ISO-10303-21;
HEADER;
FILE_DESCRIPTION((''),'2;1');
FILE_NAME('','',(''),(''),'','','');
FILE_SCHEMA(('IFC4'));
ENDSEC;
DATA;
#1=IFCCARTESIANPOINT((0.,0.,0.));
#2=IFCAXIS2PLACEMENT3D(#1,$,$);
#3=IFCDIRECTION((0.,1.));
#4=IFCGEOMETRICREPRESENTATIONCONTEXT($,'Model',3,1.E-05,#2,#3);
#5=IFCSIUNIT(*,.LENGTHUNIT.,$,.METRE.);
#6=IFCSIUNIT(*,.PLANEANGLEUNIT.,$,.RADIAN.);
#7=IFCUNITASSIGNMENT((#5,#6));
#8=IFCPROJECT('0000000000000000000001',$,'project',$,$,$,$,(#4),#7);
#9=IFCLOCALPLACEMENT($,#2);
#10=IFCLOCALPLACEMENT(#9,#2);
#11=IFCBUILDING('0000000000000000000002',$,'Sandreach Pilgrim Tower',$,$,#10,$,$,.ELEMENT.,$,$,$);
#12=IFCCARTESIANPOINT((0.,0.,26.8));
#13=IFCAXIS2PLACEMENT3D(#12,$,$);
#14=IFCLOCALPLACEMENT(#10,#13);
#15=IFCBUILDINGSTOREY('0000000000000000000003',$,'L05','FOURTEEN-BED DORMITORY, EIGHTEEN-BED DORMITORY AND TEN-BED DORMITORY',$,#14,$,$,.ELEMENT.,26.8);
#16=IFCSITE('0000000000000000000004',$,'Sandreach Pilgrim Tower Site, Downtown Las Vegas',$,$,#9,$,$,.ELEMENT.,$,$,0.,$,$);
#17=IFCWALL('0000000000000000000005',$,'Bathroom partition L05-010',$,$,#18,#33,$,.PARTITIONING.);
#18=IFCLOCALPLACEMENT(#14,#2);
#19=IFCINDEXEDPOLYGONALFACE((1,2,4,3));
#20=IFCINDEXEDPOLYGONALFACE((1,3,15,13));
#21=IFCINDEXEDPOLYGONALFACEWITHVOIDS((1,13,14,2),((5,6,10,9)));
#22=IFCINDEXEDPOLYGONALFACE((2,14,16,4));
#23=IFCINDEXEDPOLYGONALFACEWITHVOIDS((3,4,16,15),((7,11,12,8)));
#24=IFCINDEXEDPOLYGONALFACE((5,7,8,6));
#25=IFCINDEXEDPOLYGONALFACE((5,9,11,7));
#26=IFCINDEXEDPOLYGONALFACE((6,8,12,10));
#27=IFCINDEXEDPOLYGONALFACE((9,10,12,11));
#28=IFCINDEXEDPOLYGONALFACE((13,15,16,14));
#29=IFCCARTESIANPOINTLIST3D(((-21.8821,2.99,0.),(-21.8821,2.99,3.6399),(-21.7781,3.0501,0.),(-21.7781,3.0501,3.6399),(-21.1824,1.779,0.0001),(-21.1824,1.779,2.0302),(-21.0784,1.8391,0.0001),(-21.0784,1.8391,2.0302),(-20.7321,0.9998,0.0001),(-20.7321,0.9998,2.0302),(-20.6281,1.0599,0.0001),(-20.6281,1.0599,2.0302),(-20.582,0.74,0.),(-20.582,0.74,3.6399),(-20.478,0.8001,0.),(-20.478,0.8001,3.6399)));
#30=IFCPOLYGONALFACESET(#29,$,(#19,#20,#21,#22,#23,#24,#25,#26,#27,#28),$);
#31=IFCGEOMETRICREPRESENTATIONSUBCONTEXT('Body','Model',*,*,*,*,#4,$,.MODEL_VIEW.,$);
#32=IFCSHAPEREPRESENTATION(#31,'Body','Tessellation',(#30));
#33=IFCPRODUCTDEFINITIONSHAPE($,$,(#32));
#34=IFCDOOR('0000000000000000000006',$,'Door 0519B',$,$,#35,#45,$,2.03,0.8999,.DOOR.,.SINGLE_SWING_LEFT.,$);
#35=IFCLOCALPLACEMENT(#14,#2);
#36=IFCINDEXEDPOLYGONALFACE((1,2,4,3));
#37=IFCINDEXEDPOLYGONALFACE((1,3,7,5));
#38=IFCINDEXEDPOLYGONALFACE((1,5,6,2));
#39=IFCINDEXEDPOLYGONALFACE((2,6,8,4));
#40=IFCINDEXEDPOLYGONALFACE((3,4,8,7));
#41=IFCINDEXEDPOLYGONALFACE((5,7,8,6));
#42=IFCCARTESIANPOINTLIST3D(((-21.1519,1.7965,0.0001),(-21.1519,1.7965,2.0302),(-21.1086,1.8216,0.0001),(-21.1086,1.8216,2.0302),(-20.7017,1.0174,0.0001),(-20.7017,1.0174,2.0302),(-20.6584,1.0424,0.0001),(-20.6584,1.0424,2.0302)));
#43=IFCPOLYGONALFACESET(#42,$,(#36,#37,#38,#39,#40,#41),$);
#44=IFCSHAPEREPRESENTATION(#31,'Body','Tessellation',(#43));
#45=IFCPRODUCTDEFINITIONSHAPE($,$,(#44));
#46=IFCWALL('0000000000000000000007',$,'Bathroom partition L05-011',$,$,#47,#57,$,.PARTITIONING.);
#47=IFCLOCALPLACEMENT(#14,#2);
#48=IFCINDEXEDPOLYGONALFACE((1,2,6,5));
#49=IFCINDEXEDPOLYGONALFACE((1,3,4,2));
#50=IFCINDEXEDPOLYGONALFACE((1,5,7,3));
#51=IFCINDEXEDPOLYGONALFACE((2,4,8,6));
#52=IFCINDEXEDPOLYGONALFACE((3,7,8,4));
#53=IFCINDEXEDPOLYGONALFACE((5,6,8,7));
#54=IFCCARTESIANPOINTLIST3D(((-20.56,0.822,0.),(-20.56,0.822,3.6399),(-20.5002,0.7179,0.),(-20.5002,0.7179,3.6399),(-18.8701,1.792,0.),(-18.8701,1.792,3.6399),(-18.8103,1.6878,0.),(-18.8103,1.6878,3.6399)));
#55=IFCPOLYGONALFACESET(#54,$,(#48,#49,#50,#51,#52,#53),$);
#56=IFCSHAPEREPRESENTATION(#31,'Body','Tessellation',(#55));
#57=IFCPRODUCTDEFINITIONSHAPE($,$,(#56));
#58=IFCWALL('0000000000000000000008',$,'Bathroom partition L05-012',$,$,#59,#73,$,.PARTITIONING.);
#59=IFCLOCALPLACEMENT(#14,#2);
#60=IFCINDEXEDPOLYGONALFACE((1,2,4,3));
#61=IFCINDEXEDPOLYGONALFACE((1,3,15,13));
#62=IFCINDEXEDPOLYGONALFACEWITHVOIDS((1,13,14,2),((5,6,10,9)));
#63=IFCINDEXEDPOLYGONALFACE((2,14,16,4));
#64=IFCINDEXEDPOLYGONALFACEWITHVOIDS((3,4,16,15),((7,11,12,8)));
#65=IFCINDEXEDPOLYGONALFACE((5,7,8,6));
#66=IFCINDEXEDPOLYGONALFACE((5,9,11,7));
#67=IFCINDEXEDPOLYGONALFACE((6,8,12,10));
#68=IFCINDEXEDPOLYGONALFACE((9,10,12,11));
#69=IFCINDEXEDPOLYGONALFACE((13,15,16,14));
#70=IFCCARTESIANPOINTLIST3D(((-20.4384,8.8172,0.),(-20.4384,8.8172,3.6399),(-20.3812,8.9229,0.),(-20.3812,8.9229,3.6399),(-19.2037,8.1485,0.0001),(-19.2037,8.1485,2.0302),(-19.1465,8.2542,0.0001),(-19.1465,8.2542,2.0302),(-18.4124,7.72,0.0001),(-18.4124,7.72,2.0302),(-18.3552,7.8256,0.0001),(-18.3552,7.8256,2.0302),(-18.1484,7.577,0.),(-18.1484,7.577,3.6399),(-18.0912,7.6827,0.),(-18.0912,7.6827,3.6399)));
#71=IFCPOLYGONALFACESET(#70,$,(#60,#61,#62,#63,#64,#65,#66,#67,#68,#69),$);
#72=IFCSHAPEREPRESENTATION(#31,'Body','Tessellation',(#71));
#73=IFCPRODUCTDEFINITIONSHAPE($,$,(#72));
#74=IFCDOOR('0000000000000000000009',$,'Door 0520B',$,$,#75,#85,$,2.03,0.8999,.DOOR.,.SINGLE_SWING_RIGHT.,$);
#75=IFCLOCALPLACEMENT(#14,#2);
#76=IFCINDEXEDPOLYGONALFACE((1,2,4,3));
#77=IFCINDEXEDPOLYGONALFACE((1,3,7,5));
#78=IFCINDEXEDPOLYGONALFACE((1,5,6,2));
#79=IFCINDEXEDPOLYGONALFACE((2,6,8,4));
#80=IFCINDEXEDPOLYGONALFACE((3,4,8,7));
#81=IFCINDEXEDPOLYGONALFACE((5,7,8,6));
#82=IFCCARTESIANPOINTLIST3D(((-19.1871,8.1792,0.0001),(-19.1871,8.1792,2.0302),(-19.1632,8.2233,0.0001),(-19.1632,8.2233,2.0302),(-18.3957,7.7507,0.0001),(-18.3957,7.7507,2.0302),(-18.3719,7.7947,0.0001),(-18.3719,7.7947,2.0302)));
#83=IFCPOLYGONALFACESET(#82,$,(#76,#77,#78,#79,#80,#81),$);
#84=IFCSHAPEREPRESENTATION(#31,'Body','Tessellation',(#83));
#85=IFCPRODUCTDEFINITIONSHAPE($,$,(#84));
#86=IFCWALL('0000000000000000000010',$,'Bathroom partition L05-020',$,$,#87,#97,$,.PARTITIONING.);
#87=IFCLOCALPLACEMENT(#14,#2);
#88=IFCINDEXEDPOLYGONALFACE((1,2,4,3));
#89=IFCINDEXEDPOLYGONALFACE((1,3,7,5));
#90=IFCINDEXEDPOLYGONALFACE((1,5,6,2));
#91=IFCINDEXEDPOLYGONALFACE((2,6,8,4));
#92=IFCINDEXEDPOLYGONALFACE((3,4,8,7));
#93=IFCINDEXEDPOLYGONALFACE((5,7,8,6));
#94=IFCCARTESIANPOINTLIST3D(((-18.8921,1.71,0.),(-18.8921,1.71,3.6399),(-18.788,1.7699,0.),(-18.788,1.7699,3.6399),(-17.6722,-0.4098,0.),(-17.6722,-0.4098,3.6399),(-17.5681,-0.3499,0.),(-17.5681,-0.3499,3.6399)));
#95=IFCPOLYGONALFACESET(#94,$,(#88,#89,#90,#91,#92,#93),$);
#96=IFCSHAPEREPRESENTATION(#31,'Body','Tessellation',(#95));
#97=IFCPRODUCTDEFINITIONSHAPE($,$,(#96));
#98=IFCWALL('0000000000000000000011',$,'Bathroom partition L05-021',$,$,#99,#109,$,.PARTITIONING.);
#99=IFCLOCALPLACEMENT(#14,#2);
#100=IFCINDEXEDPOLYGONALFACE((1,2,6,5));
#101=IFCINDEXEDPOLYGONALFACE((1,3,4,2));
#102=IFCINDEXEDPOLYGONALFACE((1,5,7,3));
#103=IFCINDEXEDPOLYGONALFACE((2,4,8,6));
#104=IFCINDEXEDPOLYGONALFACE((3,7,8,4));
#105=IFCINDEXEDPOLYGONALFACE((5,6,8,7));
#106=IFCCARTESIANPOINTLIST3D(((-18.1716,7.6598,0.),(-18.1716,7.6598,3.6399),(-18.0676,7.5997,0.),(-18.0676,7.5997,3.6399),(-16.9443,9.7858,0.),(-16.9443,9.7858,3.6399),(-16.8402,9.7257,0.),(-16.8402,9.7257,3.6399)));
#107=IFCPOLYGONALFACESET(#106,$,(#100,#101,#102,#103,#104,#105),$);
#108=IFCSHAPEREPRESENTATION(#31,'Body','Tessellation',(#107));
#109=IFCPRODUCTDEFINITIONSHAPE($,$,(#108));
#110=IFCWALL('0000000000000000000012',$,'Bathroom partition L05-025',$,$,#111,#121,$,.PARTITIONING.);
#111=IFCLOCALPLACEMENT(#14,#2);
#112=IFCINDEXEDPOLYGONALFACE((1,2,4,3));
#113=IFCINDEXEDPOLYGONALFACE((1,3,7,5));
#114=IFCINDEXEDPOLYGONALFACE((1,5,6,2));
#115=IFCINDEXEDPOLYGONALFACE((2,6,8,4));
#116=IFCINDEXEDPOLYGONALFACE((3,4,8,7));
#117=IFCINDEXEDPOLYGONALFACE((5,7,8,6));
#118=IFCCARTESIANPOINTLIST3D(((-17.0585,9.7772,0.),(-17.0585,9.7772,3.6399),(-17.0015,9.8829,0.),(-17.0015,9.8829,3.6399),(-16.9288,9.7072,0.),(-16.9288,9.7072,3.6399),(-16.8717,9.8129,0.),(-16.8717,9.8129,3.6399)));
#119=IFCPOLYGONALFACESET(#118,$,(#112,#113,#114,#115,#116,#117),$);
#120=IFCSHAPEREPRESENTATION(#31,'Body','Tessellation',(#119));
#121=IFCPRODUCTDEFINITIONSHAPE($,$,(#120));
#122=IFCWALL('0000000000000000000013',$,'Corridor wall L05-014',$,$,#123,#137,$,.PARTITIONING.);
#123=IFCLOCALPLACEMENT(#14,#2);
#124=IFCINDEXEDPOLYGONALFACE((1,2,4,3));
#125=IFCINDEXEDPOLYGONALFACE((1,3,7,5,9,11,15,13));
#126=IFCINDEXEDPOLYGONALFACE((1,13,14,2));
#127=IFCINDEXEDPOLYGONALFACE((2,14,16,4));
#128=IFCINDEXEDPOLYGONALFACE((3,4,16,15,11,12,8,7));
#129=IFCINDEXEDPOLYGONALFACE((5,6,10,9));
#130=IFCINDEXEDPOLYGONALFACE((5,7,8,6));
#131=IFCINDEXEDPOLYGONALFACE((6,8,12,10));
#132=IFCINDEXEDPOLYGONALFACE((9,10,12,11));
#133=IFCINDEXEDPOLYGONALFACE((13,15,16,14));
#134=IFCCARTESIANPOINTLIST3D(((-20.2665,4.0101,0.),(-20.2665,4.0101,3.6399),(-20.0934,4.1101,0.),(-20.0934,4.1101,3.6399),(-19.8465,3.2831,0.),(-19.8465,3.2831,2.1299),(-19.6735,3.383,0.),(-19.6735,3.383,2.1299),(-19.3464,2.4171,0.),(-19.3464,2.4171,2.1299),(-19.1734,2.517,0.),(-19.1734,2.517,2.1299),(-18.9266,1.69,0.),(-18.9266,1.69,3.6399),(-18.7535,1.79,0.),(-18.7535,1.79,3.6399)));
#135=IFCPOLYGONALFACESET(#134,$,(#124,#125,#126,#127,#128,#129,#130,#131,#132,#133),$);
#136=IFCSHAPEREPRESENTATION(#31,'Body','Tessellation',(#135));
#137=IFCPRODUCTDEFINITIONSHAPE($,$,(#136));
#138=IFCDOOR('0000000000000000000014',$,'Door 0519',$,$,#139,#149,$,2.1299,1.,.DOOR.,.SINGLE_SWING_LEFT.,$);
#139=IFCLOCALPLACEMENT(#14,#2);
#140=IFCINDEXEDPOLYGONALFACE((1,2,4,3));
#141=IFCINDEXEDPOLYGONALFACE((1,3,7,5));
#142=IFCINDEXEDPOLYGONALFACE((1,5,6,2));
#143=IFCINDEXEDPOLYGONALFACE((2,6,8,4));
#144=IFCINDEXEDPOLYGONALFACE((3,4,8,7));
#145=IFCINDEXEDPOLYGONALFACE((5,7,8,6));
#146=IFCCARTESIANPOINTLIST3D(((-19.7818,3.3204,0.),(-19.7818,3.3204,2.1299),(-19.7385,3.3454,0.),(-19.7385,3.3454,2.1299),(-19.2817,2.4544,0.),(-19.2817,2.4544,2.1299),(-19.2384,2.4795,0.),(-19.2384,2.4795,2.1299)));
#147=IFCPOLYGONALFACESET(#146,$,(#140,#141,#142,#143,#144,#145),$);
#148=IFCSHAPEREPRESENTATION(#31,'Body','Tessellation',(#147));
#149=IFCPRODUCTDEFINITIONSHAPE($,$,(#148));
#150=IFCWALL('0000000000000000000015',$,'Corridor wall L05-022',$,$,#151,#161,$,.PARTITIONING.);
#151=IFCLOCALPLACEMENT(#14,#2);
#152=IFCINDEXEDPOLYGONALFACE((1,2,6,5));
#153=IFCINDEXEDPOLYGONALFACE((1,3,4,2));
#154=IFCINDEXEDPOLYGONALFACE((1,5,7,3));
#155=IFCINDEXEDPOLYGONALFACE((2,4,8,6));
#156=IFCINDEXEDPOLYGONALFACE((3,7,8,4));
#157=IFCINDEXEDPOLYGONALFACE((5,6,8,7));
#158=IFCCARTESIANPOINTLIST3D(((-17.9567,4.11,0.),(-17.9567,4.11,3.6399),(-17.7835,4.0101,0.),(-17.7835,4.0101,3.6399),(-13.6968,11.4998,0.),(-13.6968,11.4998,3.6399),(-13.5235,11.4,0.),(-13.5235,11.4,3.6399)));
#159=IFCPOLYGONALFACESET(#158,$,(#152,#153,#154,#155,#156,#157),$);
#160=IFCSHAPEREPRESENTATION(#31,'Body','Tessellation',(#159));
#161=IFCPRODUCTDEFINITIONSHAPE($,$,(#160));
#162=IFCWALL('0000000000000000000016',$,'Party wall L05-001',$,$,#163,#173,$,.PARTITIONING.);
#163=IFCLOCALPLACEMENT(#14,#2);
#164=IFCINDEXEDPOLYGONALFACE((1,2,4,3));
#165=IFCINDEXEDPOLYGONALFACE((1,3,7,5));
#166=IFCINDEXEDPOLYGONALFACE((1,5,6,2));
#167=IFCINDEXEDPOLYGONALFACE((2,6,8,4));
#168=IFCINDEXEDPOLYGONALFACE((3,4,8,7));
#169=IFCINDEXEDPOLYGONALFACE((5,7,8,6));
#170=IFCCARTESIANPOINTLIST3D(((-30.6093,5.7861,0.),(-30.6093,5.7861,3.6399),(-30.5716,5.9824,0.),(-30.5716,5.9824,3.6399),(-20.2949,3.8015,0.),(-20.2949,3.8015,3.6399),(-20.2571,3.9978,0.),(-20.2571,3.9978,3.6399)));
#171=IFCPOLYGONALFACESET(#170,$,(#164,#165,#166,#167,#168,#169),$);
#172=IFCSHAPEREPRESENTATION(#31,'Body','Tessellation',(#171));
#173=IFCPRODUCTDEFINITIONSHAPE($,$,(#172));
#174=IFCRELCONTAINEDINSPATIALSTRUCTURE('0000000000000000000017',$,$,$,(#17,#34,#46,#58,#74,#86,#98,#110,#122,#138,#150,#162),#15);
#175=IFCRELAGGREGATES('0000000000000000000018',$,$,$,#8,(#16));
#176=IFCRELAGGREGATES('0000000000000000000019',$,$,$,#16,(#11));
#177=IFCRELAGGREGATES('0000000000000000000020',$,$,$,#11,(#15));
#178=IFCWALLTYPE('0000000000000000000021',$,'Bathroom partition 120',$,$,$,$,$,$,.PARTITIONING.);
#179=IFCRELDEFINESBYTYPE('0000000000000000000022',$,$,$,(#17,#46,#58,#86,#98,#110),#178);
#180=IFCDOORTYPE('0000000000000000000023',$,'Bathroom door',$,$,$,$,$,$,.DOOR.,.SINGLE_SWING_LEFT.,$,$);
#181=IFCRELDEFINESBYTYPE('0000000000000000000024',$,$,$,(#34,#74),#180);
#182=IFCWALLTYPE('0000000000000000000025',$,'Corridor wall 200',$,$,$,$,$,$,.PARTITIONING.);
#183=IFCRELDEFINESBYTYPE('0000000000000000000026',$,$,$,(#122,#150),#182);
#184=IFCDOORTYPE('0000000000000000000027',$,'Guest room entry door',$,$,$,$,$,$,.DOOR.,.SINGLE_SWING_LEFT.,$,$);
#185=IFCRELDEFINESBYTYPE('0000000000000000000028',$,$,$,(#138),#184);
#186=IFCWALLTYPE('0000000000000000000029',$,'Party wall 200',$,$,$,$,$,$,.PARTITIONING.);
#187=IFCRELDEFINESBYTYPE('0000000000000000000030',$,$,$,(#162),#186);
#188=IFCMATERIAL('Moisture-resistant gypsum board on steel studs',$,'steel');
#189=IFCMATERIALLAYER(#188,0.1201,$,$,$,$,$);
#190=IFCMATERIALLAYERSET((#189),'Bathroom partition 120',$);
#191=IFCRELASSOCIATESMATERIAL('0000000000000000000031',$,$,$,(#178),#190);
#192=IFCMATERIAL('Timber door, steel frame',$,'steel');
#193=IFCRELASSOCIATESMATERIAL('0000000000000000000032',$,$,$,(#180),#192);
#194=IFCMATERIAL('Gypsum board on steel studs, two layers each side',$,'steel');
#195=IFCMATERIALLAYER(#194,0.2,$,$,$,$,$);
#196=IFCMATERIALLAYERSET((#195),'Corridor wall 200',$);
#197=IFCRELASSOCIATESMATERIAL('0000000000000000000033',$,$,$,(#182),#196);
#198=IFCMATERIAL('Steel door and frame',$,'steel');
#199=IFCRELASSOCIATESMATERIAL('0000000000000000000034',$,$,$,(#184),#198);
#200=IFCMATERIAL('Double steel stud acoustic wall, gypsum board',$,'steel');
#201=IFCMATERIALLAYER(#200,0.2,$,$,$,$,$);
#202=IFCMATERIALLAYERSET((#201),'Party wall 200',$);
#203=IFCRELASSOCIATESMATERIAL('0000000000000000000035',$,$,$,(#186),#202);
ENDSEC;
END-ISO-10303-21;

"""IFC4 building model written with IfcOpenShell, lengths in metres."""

from ifc_helpers import new_model, si_unit, direction, frame, frame_2d, origin, place, context, subcontext, project, spatial, rectangle, extrude, material, layer, layer_set, type_object, element, fill, save


model = new_model("IFC4")

# Units and contexts
model_context = context("Model", 3, precision=1e-05, world=origin(), true_north=direction((0.0, 1.0)))
body_context = subcontext(model_context, "Body", "Model", "MODEL_VIEW")
ifc_project = project(units=[si_unit("LENGTHUNIT", "METRE"), si_unit("PLANEANGLEUNIT", "RADIAN")], contexts=[model_context])

# Site, building, storey
site_placement = place(None, origin())
site = spatial("IfcSite", under=ifc_project, at=site_placement, Name="Sandreach Pilgrim Tower Site, Downtown Las Vegas", CompositionType="ELEMENT", RefElevation=0.0)
building_placement = place(site_placement, origin())
building = spatial("IfcBuilding", under=site, at=building_placement, Name="Sandreach Pilgrim Tower", CompositionType="ELEMENT")
storey_placement = place(building_placement, frame((0.0, 0.0, 26.8)))
storey = spatial("IfcBuildingStorey", under=building, at=storey_placement, Name="L05", Description="FOURTEEN-BED DORMITORY, EIGHTEEN-BED DORMITORY AND TEN-BED DORMITORY", CompositionType="ELEMENT", Elevation=26.8)

# Shared definitions
ifc_material_1 = material(Name="Moisture-resistant gypsum board on steel studs", Category="steel")
ifc_layer_1 = layer(ifc_material_1, 0.1201)
ifc_layer_set_1 = layer_set([ifc_layer_1], Name="Bathroom partition 120")
wall_type_1 = type_object("IfcWallType", Name="Bathroom partition 120", PredefinedType="PARTITIONING", material=ifc_layer_set_1)

# Wall, opening, door
wall_1_placement = place(storey_placement, frame((-20.53, 0.77, 0.0), z_axis=(0.0, 0.0, 1.0), x_axis=(-0.500292, 0.865857, 0.0)))
wall_1 = element("IfcWall", 1, at=wall_1_placement, inside=storey, type_object=wall_type_1, Name="Bathroom partition L05-010", PredefinedType="PARTITIONING", context=body_context, shape_type="SweptSolid", body=[
    extrude(rectangle(XDim=2.5986, YDim=0.1201, at=frame_2d((1.2993, 0.0))), origin(), (0.0, 0.0, 1.0), 3.6399),
])
opening_1_placement = place(wall_1_placement, frame((0.3, 0.0, 0.0)))
opening_1 = element("IfcOpeningElement", 2, at=opening_1_placement, cuts=wall_1, PredefinedType="OPENING", context=body_context, shape_type="SweptSolid", body=[
    extrude(rectangle(XDim=0.8999, YDim=2.03, at=frame_2d((0.45, 1.0151))), frame((0.0, 0.0601, 0.0), z_axis=(0.0, -1.0, 0.0), x_axis=(1.0, 0.0, 0.0)), (0.0, 0.0, 1.0), 0.1201),
])
ifc_material_2 = material(Name="Timber door, steel frame", Category="steel")
door_type_1 = type_object("IfcDoorType", Name="Bathroom door", OperationType="SINGLE_SWING_LEFT", PredefinedType="DOOR", material=ifc_material_2)
door_1_placement = place(opening_1_placement, origin())
door_1 = element("IfcDoor", 3, at=door_1_placement, inside=storey, type_object=door_type_1, Name="Door 0519B", OperationType="SINGLE_SWING_LEFT", OverallHeight=2.03, OverallWidth=0.8999, PredefinedType="DOOR", context=body_context, shape_type="SweptSolid", body=[
    extrude(rectangle(XDim=0.8999, YDim=2.03, at=frame_2d((0.45, 1.0151))), frame((0.0, 0.0249, 0.0), z_axis=(0.0, -1.0, 0.0), x_axis=(1.0, 0.0, 0.0)), (0.0, 0.0, 1.0), 0.05),
])
fill(opening_1, door_1)

# Wall
wall_2_placement = place(storey_placement, frame((-20.53, 0.77, 0.0), z_axis=(0.0, 0.0, 1.0), x_axis=(0.867293, 0.497798, 0.0)))
element("IfcWall", 4, at=wall_2_placement, inside=storey, type_object=wall_type_1, Name="Bathroom partition L05-011", PredefinedType="PARTITIONING", context=body_context, shape_type="SweptSolid", body=[
    extrude(rectangle(XDim=1.9485, YDim=0.1201, at=frame_2d((0.9741, 0.0))), origin(), (0.0, 0.0, 1.0), 3.6399),
])

# Wall, opening, door
wall_3_placement = place(storey_placement, frame((-20.4099, 8.8701, 0.0), z_axis=(0.0, 0.0, 1.0), x_axis=(0.879325, -0.476223, 0.0)))
wall_3 = element("IfcWall", 5, at=wall_3_placement, inside=storey, type_object=wall_type_1, Name="Bathroom partition L05-012", PredefinedType="PARTITIONING", context=body_context, shape_type="SweptSolid", body=[
    extrude(rectangle(XDim=2.6042, YDim=0.1201, at=frame_2d((1.3022, 0.0))), origin(), (0.0, 0.0, 1.0), 3.6399),
])
opening_2_placement = place(wall_3_placement, frame((1.4043, 0.0, 0.0)))
opening_2 = element("IfcOpeningElement", 6, at=opening_2_placement, cuts=wall_3, PredefinedType="OPENING", context=body_context, shape_type="SweptSolid", body=[
    extrude(rectangle(XDim=0.8999, YDim=2.03, at=frame_2d((0.45, 1.0151))), frame((0.0, 0.0601, 0.0), z_axis=(0.0, -1.0, 0.0), x_axis=(1.0, 0.0, 0.0)), (0.0, 0.0, 1.0), 0.1201),
])
door_2_placement = place(opening_2_placement, origin())
door_2 = element("IfcDoor", 7, at=door_2_placement, inside=storey, type_object=door_type_1, Name="Door 0520B", OperationType="SINGLE_SWING_RIGHT", OverallHeight=2.03, OverallWidth=0.8999, PredefinedType="DOOR", context=body_context, shape_type="SweptSolid", body=[
    extrude(rectangle(XDim=0.8999, YDim=2.03, at=frame_2d((0.45, 1.0151))), frame((0.0, 0.0249, 0.0), z_axis=(0.0, -1.0, 0.0), x_axis=(1.0, 0.0, 0.0)), (0.0, 0.0, 1.0), 0.05),
])
fill(opening_2, door_2)

# Walls
wall_4_placement = place(storey_placement, frame((-18.8401, 1.74, 0.0), z_axis=(0.0, 0.0, 1.0), x_axis=(0.498792, -0.866722, 0.0)))
element("IfcWall", 8, at=wall_4_placement, inside=storey, type_object=wall_type_1, Name="Bathroom partition L05-020", PredefinedType="PARTITIONING", context=body_context, shape_type="SweptSolid", body=[
    extrude(rectangle(XDim=2.4458, YDim=0.1201, at=frame_2d((1.2229, 0.0))), origin(), (0.0, 0.0, 1.0), 3.6399),
])
wall_5_placement = place(storey_placement, frame((-18.1196, 7.6296, 0.0), z_axis=(0.0, 0.0, 1.0), x_axis=(0.499958, 0.86605, 0.0)))
element("IfcWall", 9, at=wall_5_placement, inside=storey, type_object=wall_type_1, Name="Bathroom partition L05-021", PredefinedType="PARTITIONING", context=body_context, shape_type="SweptSolid", body=[
    extrude(rectangle(XDim=2.4548, YDim=0.1201, at=frame_2d((1.2275, 0.0))), origin(), (0.0, 0.0, 1.0), 3.6399),
])
wall_6_placement = place(storey_placement, frame((-17.03, 9.8301, 0.0), z_axis=(0.0, 0.0, 1.0), x_axis=(0.880099, -0.47479, 0.0)))
element("IfcWall", 10, at=wall_6_placement, inside=storey, type_object=wall_type_1, Name="Bathroom partition L05-025", PredefinedType="PARTITIONING", context=body_context, shape_type="SweptSolid", body=[
    extrude(rectangle(XDim=0.1475, YDim=0.1201, at=frame_2d((0.0737, 0.0))), origin(), (0.0, 0.0, 1.0), 3.6399),
])

# Wall, opening, door
ifc_material_3 = material(Name="Gypsum board on steel studs, two layers each side", Category="steel")
ifc_layer_2 = layer(ifc_material_3, 0.2)
ifc_layer_set_2 = layer_set([ifc_layer_2], Name="Corridor wall 200")
wall_type_2 = type_object("IfcWallType", Name="Corridor wall 200", PredefinedType="PARTITIONING", material=ifc_layer_set_2)
wall_7_placement = place(storey_placement, frame((-20.1799, 4.0601, 0.0), z_axis=(0.0, 0.0, 1.0), x_axis=(0.500098, -0.865969, 0.0)))
wall_7 = element("IfcWall", 11, at=wall_7_placement, inside=storey, type_object=wall_type_2, Name="Corridor wall L05-014", PredefinedType="PARTITIONING", context=body_context, shape_type="SweptSolid", body=[
    extrude(rectangle(XDim=2.6792, YDim=0.2, at=frame_2d((1.3396, 0.0))), origin(), (0.0, 0.0, 1.0), 3.6399),
])
opening_3_placement = place(wall_7_placement, frame((0.8396, 0.0, 0.0)))
opening_3 = element("IfcOpeningElement", 12, at=opening_3_placement, cuts=wall_7, PredefinedType="OPENING", context=body_context, shape_type="SweptSolid", body=[
    extrude(rectangle(XDim=1.0, YDim=2.1299, at=frame_2d((0.5, 1.0649))), frame((0.0, 0.1001, 0.0), z_axis=(0.0, -1.0, 0.0), x_axis=(1.0, 0.0, 0.0)), (0.0, 0.0, 1.0), 0.2),
])
ifc_material_4 = material(Name="Steel door and frame", Category="steel")
door_type_2 = type_object("IfcDoorType", Name="Guest room entry door", OperationType="SINGLE_SWING_LEFT", PredefinedType="DOOR", material=ifc_material_4)
door_3_placement = place(opening_3_placement, origin())
door_3 = element("IfcDoor", 13, at=door_3_placement, inside=storey, type_object=door_type_2, Name="Door 0519", OperationType="SINGLE_SWING_LEFT", OverallHeight=2.1299, OverallWidth=1.0, PredefinedType="DOOR", context=body_context, shape_type="SweptSolid", body=[
    extrude(rectangle(XDim=1.0, YDim=2.1299, at=frame_2d((0.5, 1.0649))), frame((0.0, 0.0249, 0.0), z_axis=(0.0, -1.0, 0.0), x_axis=(1.0, 0.0, 0.0)), (0.0, 0.0, 1.0), 0.05),
])
fill(opening_3, door_3)

# Walls
wall_8_placement = place(storey_placement, frame((-17.8701, 4.0601, 0.0), z_axis=(0.0, 0.0, 1.0), x_axis=(0.499424, 0.866358, 0.0)))
element("IfcWall", 14, at=wall_8_placement, inside=storey, type_object=wall_type_2, Name="Corridor wall L05-022", PredefinedType="PARTITIONING", context=body_context, shape_type="SweptSolid", body=[
    extrude(rectangle(XDim=8.5298, YDim=0.2, at=frame_2d((4.2649, 0.0))), origin(), (0.0, 0.0, 1.0), 3.6399),
])
ifc_material_5 = material(Name="Double steel stud acoustic wall, gypsum board", Category="steel")
ifc_layer_3 = layer(ifc_material_5, 0.2)
ifc_layer_set_3 = layer_set([ifc_layer_3], Name="Party wall 200")
wall_type_3 = type_object("IfcWallType", Name="Party wall 200", PredefinedType="PARTITIONING", material=ifc_layer_set_3)
wall_9_placement = place(storey_placement, frame((-30.5906, 5.8843, 0.0), z_axis=(0.0, 0.0, 1.0), x_axis=(0.981988, -0.188946, 0.0)))
element("IfcWall", 15, at=wall_9_placement, inside=storey, type_object=wall_type_3, Name="Party wall L05-001", PredefinedType="PARTITIONING", context=body_context, shape_type="SweptSolid", body=[
    extrude(rectangle(XDim=10.5037, YDim=0.2, at=frame_2d((5.252, 0.0))), origin(), (0.0, 0.0, 1.0), 3.6399),
])

save(model, "model.ifc")
